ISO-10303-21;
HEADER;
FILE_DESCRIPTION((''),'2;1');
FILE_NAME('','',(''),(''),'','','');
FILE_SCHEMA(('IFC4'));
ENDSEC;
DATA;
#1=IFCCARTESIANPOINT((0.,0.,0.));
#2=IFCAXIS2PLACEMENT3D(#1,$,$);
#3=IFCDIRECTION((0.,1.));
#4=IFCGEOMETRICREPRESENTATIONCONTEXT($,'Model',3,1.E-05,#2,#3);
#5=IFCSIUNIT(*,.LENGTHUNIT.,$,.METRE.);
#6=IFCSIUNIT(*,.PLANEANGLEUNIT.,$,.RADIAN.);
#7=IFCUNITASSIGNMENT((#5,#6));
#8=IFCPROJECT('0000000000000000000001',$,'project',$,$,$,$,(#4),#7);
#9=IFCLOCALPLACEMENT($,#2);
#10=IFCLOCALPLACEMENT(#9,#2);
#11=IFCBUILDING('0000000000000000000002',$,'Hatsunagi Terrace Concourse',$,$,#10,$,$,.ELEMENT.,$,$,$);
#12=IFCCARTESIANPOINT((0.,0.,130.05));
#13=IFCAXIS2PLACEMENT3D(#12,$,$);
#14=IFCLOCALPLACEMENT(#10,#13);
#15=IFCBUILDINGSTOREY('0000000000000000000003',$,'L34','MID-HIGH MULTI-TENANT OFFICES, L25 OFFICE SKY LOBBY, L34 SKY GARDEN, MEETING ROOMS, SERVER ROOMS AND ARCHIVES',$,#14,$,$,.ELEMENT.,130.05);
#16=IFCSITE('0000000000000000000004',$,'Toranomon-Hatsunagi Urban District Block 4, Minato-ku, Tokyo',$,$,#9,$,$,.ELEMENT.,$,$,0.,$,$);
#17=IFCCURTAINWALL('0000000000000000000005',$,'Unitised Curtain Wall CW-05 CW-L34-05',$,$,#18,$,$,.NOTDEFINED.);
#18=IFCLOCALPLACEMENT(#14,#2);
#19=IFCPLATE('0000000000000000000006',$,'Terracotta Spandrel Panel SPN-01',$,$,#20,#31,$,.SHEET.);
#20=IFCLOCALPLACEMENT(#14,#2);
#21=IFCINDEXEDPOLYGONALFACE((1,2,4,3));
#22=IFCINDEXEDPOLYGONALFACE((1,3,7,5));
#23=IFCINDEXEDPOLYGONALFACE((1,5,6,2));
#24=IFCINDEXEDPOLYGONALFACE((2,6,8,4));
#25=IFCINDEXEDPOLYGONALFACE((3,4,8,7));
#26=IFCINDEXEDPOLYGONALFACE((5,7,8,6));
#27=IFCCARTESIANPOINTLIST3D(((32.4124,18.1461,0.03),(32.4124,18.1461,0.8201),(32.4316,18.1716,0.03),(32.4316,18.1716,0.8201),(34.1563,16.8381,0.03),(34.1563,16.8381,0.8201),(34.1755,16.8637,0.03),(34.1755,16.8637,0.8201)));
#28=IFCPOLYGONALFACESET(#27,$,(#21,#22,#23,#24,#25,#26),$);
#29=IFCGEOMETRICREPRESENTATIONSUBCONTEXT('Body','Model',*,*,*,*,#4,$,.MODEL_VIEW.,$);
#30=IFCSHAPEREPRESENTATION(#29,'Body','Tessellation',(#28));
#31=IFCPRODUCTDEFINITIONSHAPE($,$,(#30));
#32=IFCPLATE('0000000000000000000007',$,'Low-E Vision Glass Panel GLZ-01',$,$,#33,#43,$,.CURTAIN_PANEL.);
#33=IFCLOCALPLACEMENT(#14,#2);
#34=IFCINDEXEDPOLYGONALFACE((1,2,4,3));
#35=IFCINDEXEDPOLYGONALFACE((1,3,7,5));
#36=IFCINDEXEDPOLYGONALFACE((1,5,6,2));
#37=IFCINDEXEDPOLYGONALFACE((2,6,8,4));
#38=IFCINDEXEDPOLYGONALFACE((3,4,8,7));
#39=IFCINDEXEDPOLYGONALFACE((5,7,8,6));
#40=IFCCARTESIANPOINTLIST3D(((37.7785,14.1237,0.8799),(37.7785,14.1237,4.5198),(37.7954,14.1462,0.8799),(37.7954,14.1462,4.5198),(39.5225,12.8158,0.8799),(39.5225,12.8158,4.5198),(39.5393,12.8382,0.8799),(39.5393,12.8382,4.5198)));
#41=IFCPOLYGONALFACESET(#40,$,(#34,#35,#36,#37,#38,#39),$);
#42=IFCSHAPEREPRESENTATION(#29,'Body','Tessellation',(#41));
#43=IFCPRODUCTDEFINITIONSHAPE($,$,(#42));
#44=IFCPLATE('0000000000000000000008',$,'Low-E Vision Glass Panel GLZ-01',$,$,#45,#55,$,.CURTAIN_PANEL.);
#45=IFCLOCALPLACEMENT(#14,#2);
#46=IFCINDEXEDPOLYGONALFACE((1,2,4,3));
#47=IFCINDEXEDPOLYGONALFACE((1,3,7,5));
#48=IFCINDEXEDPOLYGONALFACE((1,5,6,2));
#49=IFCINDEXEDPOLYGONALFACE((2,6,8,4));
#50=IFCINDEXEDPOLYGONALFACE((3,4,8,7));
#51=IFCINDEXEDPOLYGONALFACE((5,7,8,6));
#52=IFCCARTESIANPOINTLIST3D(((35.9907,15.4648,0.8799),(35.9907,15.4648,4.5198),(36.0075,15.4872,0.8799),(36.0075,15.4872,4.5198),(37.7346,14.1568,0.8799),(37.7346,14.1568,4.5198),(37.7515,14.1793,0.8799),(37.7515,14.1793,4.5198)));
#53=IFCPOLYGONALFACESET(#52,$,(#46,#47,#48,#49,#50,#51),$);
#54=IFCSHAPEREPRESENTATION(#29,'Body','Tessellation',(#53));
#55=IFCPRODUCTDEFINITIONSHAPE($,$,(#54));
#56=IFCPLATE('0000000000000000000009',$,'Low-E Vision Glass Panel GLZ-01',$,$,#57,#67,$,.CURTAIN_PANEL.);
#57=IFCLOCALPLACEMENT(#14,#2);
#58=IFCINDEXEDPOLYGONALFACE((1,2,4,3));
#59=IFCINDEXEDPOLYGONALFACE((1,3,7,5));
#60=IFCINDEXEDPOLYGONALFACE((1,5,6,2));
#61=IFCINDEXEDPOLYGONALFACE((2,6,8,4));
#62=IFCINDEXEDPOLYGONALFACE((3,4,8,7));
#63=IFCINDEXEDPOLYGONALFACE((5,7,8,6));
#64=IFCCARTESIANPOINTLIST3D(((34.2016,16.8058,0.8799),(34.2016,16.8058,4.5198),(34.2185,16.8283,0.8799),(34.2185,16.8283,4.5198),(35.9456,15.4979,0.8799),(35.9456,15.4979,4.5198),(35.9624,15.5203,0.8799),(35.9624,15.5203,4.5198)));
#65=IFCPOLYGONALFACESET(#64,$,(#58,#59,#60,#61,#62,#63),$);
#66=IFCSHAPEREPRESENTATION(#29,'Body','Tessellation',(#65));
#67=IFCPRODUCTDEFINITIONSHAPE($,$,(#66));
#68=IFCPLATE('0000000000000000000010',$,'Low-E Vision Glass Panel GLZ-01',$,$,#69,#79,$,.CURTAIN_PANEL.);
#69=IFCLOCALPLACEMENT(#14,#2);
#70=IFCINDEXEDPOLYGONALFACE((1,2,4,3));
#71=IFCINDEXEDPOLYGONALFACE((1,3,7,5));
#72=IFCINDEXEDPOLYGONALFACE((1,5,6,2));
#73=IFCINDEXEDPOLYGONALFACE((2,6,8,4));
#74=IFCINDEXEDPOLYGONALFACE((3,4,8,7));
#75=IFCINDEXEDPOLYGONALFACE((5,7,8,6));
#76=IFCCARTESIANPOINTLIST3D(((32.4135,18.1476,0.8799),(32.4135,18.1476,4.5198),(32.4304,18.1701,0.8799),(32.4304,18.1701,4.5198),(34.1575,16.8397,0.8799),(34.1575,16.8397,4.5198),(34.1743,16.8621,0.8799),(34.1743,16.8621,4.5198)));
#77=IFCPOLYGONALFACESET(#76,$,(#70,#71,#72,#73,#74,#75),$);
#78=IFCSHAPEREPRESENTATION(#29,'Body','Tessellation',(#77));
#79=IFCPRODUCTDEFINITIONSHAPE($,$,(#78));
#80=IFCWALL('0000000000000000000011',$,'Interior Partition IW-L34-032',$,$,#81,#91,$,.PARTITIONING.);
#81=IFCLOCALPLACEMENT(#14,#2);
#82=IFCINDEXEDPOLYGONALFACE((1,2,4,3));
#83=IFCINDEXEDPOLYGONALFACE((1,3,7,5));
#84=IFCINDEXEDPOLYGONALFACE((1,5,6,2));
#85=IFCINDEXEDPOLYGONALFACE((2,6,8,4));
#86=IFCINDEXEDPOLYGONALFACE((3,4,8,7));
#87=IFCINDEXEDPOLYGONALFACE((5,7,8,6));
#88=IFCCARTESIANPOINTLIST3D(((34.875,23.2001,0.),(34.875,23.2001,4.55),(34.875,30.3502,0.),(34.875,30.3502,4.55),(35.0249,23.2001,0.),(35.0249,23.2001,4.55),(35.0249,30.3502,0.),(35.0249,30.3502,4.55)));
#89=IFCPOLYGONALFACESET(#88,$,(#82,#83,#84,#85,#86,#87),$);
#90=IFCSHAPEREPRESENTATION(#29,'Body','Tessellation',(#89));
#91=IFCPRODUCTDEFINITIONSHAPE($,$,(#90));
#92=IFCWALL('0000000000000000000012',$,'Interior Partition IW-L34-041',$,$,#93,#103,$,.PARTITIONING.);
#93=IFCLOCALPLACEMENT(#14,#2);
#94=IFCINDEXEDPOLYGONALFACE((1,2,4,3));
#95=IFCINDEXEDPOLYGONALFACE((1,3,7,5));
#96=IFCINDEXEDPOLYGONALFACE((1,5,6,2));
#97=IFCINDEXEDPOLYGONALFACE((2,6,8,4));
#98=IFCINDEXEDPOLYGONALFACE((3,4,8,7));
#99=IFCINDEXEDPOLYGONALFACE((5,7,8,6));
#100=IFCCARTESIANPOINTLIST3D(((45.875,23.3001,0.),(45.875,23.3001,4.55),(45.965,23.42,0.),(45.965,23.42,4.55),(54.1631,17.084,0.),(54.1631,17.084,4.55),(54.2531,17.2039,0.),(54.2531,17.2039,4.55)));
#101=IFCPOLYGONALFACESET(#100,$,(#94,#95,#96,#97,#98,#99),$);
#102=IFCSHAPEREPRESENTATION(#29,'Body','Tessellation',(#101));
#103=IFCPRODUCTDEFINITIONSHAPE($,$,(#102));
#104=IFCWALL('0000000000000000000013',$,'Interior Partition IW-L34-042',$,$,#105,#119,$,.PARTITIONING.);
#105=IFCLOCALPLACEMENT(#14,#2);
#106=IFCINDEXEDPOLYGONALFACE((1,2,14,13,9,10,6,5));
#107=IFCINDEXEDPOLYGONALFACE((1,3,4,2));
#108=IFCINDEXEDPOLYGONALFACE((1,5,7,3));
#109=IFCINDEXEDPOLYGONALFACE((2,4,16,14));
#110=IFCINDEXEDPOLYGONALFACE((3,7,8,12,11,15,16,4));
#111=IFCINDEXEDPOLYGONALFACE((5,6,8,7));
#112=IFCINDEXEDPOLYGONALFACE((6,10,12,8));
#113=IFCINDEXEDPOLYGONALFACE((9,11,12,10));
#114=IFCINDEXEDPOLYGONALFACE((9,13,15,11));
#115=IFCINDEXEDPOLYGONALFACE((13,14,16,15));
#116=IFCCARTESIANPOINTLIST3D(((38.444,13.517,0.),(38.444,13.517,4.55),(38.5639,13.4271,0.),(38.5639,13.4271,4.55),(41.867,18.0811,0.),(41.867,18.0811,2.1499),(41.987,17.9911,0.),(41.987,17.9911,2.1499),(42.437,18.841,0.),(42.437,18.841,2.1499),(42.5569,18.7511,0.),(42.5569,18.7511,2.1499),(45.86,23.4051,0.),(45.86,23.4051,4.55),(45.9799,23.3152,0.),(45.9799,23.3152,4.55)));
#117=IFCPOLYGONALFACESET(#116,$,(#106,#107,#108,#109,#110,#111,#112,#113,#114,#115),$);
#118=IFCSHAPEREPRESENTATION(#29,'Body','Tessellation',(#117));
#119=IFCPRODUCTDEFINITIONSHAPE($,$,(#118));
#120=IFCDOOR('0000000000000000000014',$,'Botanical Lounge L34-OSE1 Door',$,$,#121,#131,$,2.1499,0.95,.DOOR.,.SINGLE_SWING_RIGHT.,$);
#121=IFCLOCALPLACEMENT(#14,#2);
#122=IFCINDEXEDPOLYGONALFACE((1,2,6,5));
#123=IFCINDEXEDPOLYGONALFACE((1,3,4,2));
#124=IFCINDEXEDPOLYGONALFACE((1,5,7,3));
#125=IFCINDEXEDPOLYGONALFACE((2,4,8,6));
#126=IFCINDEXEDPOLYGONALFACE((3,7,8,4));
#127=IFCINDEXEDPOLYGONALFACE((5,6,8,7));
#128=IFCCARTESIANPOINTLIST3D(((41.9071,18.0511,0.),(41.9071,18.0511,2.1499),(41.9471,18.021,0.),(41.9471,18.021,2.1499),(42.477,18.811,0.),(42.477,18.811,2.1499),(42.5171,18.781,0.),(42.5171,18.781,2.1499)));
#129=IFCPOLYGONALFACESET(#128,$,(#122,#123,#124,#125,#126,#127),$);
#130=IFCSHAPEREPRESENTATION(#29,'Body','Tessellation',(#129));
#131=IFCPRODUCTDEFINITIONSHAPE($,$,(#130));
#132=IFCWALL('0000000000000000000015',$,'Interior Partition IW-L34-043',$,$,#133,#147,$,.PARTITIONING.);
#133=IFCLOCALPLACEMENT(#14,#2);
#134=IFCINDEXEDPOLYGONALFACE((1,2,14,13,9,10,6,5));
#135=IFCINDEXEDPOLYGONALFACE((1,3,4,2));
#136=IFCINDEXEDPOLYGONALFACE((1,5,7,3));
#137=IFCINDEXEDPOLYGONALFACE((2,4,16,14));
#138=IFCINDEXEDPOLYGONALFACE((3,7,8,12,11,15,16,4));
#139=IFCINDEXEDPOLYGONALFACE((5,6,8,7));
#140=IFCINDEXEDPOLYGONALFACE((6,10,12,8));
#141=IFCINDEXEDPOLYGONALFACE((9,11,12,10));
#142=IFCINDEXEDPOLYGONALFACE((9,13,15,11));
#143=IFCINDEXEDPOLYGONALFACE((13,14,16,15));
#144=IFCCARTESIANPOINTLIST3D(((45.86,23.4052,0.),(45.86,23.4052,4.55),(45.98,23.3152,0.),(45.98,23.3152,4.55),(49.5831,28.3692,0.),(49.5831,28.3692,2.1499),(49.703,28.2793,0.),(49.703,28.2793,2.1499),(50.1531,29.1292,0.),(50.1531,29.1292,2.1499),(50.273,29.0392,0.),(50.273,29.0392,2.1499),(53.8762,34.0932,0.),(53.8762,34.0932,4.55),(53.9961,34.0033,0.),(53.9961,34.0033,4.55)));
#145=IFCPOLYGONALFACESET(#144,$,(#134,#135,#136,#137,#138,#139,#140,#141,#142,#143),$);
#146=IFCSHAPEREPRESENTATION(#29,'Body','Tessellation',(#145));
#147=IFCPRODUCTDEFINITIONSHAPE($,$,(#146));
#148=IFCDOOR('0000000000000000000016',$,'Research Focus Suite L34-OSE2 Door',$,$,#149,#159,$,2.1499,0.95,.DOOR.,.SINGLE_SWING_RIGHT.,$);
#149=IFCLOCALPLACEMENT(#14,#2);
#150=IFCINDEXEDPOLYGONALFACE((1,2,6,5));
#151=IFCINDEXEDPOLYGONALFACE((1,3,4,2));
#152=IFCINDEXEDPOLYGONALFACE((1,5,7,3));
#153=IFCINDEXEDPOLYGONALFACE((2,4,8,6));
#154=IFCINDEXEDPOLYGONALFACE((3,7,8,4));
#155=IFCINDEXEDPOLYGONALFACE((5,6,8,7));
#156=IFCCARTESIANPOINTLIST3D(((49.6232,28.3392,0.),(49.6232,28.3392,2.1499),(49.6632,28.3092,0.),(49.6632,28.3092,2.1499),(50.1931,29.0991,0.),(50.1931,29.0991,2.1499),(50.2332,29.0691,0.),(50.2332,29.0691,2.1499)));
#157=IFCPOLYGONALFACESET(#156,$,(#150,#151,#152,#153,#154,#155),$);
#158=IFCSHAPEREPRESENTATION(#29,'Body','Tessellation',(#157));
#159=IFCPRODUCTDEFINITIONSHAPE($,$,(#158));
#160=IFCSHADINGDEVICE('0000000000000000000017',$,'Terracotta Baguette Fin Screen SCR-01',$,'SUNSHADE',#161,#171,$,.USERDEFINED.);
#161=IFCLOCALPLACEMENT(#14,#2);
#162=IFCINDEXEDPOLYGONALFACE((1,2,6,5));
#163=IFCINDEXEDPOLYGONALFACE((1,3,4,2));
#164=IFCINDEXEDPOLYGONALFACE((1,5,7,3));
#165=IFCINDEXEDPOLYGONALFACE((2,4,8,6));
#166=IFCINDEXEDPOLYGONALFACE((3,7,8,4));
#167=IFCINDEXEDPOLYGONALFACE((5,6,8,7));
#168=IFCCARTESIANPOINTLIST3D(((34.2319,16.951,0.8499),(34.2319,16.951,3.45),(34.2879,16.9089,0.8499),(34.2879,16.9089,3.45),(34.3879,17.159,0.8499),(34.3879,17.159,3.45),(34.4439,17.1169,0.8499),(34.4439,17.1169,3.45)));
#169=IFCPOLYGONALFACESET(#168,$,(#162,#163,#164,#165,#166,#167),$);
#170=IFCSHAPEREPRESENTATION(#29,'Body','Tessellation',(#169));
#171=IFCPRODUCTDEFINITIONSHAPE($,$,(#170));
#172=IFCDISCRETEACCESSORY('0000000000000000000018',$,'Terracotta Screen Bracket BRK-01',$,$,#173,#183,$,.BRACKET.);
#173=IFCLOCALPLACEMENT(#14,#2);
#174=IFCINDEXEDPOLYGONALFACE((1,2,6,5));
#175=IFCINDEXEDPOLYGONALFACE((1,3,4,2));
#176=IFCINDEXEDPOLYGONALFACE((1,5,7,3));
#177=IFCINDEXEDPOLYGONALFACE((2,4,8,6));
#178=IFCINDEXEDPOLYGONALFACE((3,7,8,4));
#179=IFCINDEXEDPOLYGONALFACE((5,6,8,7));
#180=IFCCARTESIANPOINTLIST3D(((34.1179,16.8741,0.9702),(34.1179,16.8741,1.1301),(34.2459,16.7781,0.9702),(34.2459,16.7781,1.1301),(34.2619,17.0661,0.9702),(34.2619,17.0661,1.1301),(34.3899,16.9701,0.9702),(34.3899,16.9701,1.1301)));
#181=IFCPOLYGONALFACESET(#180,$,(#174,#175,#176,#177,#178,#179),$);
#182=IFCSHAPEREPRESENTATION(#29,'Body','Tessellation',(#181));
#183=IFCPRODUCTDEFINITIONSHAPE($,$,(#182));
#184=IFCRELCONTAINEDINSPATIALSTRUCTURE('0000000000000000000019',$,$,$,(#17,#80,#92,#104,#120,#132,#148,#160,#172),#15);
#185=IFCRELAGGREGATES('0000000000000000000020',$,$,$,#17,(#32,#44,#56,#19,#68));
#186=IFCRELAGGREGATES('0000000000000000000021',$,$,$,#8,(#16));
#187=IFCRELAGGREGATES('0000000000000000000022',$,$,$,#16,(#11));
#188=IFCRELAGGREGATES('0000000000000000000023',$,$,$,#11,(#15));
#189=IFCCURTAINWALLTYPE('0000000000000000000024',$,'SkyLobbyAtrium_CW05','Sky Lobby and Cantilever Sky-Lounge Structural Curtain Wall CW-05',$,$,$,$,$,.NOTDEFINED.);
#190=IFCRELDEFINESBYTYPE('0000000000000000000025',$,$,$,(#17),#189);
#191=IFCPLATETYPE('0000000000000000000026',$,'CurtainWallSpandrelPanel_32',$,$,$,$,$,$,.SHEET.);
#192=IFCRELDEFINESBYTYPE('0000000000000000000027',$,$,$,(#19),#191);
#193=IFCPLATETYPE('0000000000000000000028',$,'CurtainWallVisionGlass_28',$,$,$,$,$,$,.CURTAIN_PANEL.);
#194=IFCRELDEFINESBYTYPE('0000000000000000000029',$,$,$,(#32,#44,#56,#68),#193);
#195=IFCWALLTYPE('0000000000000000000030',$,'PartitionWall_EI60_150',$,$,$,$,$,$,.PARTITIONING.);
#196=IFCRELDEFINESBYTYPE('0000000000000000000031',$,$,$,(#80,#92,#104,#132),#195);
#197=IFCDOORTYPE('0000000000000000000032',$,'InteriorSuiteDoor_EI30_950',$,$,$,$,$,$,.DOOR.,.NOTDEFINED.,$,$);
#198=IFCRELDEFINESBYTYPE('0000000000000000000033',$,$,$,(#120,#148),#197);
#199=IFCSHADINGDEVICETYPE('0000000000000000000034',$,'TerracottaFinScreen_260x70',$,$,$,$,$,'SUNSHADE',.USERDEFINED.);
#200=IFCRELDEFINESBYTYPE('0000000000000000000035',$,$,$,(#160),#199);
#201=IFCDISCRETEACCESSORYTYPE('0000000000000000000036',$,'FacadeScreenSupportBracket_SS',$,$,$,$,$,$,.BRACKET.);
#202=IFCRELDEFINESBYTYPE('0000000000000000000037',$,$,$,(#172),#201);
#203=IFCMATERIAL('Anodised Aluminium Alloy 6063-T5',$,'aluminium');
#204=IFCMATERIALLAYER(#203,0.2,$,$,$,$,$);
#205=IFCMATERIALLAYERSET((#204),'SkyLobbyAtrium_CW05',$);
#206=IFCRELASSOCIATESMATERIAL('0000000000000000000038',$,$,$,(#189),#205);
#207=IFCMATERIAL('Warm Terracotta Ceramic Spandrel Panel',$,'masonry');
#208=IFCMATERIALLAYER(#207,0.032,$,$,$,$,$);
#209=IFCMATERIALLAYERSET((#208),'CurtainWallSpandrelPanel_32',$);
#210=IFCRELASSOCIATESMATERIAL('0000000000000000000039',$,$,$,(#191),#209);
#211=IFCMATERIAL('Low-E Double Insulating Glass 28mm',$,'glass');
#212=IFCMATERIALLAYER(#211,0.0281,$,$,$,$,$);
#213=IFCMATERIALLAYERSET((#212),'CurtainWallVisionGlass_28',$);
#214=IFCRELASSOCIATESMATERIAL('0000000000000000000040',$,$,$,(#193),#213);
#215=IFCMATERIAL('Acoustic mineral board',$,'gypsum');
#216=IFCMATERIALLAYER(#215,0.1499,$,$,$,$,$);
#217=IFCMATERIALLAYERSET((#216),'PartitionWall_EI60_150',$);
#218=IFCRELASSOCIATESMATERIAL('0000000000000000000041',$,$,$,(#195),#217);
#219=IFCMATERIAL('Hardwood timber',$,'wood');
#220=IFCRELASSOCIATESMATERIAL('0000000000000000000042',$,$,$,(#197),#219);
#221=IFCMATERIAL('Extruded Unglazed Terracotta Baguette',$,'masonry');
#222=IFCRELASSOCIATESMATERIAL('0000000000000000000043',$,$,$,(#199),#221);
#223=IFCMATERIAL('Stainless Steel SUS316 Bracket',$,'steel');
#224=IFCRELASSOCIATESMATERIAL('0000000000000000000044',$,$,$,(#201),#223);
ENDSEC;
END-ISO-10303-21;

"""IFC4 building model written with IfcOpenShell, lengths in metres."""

from ifc_helpers import new_model, si_unit, direction, frame, frame_2d, origin, origin_2d, place, context, subcontext, project, spatial, rectangle, extrude, material, layer, layer_set, type_object, element, fill, aggregate, save


model = new_model("IFC4")

# Units and contexts
model_context = context("Model", 3, precision=1e-05, world=origin(), true_north=direction((0.0, 1.0)))
body_context = subcontext(model_context, "Body", "Model", "MODEL_VIEW")
ifc_project = project(units=[si_unit("LENGTHUNIT", "METRE"), si_unit("PLANEANGLEUNIT", "RADIAN")], contexts=[model_context])

# Site, building, storey
site_placement = place(None, origin())
site = spatial("IfcSite", under=ifc_project, at=site_placement, Name="Toranomon-Hatsunagi Urban District Block 4, Minato-ku, Tokyo", CompositionType="ELEMENT", RefElevation=0.0)
building_placement = place(site_placement, origin())
building = spatial("IfcBuilding", under=site, at=building_placement, Name="Hatsunagi Terrace Concourse", CompositionType="ELEMENT")
storey_placement = place(building_placement, frame((0.0, 0.0, 130.05)))
storey = spatial("IfcBuildingStorey", under=building, at=storey_placement, Name="L34", Description="MID-HIGH MULTI-TENANT OFFICES, L25 OFFICE SKY LOBBY, L34 SKY GARDEN, MEETING ROOMS, SERVER ROOMS AND ARCHIVES", CompositionType="ELEMENT", Elevation=130.05)

# Curtain wall
ifc_material_1 = material(Name="Anodised Aluminium Alloy 6063-T5", Category="aluminium")
ifc_layer_1 = layer(ifc_material_1, 0.2)
ifc_layer_set_1 = layer_set([ifc_layer_1], Name="SkyLobbyAtrium_CW05")
curtain_wall_type = type_object("IfcCurtainWallType", Name="SkyLobbyAtrium_CW05", Description="Sky Lobby and Cantilever Sky-Lounge Structural Curtain Wall CW-05", PredefinedType="NOTDEFINED", material=ifc_layer_set_1)
curtain_wall_placement = place(storey_placement, origin())
curtain_wall = element("IfcCurtainWall", 1, at=curtain_wall_placement, inside=storey, type_object=curtain_wall_type, Name="Unitised Curtain Wall CW-05 CW-L34-05", PredefinedType="NOTDEFINED")

# Plates
ifc_material_2 = material(Name="Warm Terracotta Ceramic Spandrel Panel", Category="masonry")
ifc_layer_2 = layer(ifc_material_2, 0.032)
ifc_layer_set_2 = layer_set([ifc_layer_2], Name="CurtainWallSpandrelPanel_32")
plate_type_1 = type_object("IfcPlateType", Name="CurtainWallSpandrelPanel_32", PredefinedType="SHEET", material=ifc_layer_set_2)
plate_1_placement = place(storey_placement, frame((33.2939, 17.5049, 0.03), z_axis=(0.0, 0.0, 1.0), x_axis=(-0.800005, 0.599993, 0.0)))
plate_1 = element("IfcPlate", 2, at=plate_1_placement, type_object=plate_type_1, Name="Terracotta Spandrel Panel SPN-01", PredefinedType="SHEET", context=body_context, shape_type="SweptSolid", body=[
    extrude(rectangle(XDim=2.1799, YDim=0.032, at=origin_2d()), origin(), (0.0, 0.0, 1.0), 0.79),
])
ifc_material_3 = material(Name="Low-E Double Insulating Glass 28mm", Category="glass")
ifc_layer_3 = layer(ifc_material_3, 0.0281)
ifc_layer_set_3 = layer_set([ifc_layer_3], Name="CurtainWallVisionGlass_28")
plate_type_2 = type_object("IfcPlateType", Name="CurtainWallVisionGlass_28", PredefinedType="CURTAIN_PANEL", material=ifc_layer_set_3)
plate_2_placement = place(storey_placement, frame((38.6589, 13.481, 0.8799), z_axis=(0.0, 0.0, 1.0), x_axis=(-0.800005, 0.599993, 0.0)))
plate_2 = element("IfcPlate", 3, at=plate_2_placement, type_object=plate_type_2, Name="Low-E Vision Glass Panel GLZ-01", PredefinedType="CURTAIN_PANEL", context=body_context, shape_type="SweptSolid", body=[
    extrude(rectangle(XDim=2.1799, YDim=0.0281, at=origin_2d()), origin(), (0.0, 0.0, 1.0), 3.6399),
])
plate_3_placement = place(storey_placement, frame((36.8711, 14.822, 0.8799), z_axis=(0.0, 0.0, 1.0), x_axis=(-0.800005, 0.599993, 0.0)))
plate_3 = element("IfcPlate", 4, at=plate_3_placement, type_object=plate_type_2, Name="Low-E Vision Glass Panel GLZ-01", PredefinedType="CURTAIN_PANEL", context=body_context, shape_type="SweptSolid", body=[
    extrude(rectangle(XDim=2.1799, YDim=0.0281, at=origin_2d()), origin(), (0.0, 0.0, 1.0), 3.6399),
])
plate_4_placement = place(storey_placement, frame((35.082, 16.1631, 0.8799), z_axis=(0.0, 0.0, 1.0), x_axis=(-0.800005, 0.599993, 0.0)))
plate_4 = element("IfcPlate", 5, at=plate_4_placement, type_object=plate_type_2, Name="Low-E Vision Glass Panel GLZ-01", PredefinedType="CURTAIN_PANEL", context=body_context, shape_type="SweptSolid", body=[
    extrude(rectangle(XDim=2.1799, YDim=0.0281, at=origin_2d()), origin(), (0.0, 0.0, 1.0), 3.6399),
])
plate_5_placement = place(storey_placement, frame((33.2939, 17.5049, 0.8799), z_axis=(0.0, 0.0, 1.0), x_axis=(-0.800005, 0.599993, 0.0)))
plate_5 = element("IfcPlate", 6, at=plate_5_placement, type_object=plate_type_2, Name="Low-E Vision Glass Panel GLZ-01", PredefinedType="CURTAIN_PANEL", context=body_context, shape_type="SweptSolid", body=[
    extrude(rectangle(XDim=2.1799, YDim=0.0281, at=origin_2d()), origin(), (0.0, 0.0, 1.0), 3.6399),
])
aggregate(curtain_wall, [plate_2, plate_3, plate_4, plate_1, plate_5])

# Walls
ifc_material_4 = material(Name="Acoustic mineral board", Category="gypsum")
ifc_layer_4 = layer(ifc_material_4, 0.1499)
ifc_layer_set_4 = layer_set([ifc_layer_4], Name="PartitionWall_EI60_150")
wall_type = type_object("IfcWallType", Name="PartitionWall_EI60_150", PredefinedType="PARTITIONING", material=ifc_layer_set_4)
wall_1_placement = place(storey_placement, frame((34.95, 23.2, 0.0), z_axis=(0.0, 0.0, 1.0), x_axis=(0.0, 1.0, 0.0)))
element("IfcWall", 7, at=wall_1_placement, inside=storey, type_object=wall_type, Name="Interior Partition IW-L34-032", PredefinedType="PARTITIONING", context=body_context, shape_type="SweptSolid", body=[
    extrude(rectangle(XDim=7.1501, YDim=0.1499, at=frame_2d((3.5752, 0.0))), origin(), (0.0, 0.0, 1.0), 4.55),
])
wall_2_placement = place(storey_placement, frame((45.9199, 23.3601, 0.0), z_axis=(0.0, 0.0, 1.0), x_axis=(0.8, -0.6, 0.0)))
element("IfcWall", 8, at=wall_2_placement, inside=storey, type_object=wall_type, Name="Interior Partition IW-L34-041", PredefinedType="PARTITIONING", context=body_context, shape_type="SweptSolid", body=[
    extrude(rectangle(XDim=10.3601, YDim=0.1499, at=frame_2d((5.1802, 0.0))), origin(), (0.0, 0.0, 1.0), 4.55),
])

# Walls, openings, doors
wall_3_placement = place(storey_placement, frame((38.5039, 13.4719, 0.0), z_axis=(0.0, 0.0, 1.0), x_axis=(0.599994, 0.800005, 0.0)))
wall_3 = element("IfcWall", 9, at=wall_3_placement, inside=storey, type_object=wall_type, Name="Interior Partition IW-L34-042", PredefinedType="PARTITIONING", context=body_context, shape_type="SweptSolid", body=[
    extrude(rectangle(XDim=12.3601, YDim=0.1499, at=frame_2d((6.1802, 0.0))), origin(), (0.0, 0.0, 1.0), 4.55),
])
opening_1_placement = place(wall_3_placement, frame((5.7051, 0.0, 0.0)))
opening_1 = element("IfcOpeningElement", 10, at=opening_1_placement, cuts=wall_3, PredefinedType="OPENING", context=body_context, shape_type="SweptSolid", body=[
    extrude(rectangle(XDim=0.95, YDim=2.1499, at=frame_2d((0.4751, 1.075))), frame((0.0, 0.085, 0.0), z_axis=(0.0, -1.0, 0.0), x_axis=(1.0, 0.0, 0.0)), (0.0, 0.0, 1.0), 0.1699),
])
ifc_material_5 = material(Name="Hardwood timber", Category="wood")
door_type = type_object("IfcDoorType", Name="InteriorSuiteDoor_EI30_950", OperationType="NOTDEFINED", PredefinedType="DOOR", material=ifc_material_5)
door_1_placement = place(opening_1_placement, origin())
door_1 = element("IfcDoor", 11, at=door_1_placement, inside=storey, type_object=door_type, Name="Botanical Lounge L34-OSE1 Door", OperationType="SINGLE_SWING_RIGHT", OverallHeight=2.1499, OverallWidth=0.95, PredefinedType="DOOR", context=body_context, shape_type="SweptSolid", body=[
    extrude(rectangle(XDim=0.95, YDim=2.1499, at=frame_2d((0.4751, 1.075))), frame((0.0, 0.0249, 0.0), z_axis=(0.0, -1.0, 0.0), x_axis=(1.0, 0.0, 0.0)), (0.0, 0.0, 1.0), 0.05),
])
fill(opening_1, door_1)
wall_4_placement = place(storey_placement, frame((45.9199, 23.3601, 0.0), z_axis=(0.0, 0.0, 1.0), x_axis=(0.600006, 0.799996, 0.0)))
wall_4 = element("IfcWall", 12, at=wall_4_placement, inside=storey, type_object=wall_type, Name="Interior Partition IW-L34-043", PredefinedType="PARTITIONING", context=body_context, shape_type="SweptSolid", body=[
    extrude(rectangle(XDim=13.3601, YDim=0.1499, at=frame_2d((6.6802, 0.0))), origin(), (0.0, 0.0, 1.0), 4.55),
])
opening_2_placement = place(wall_4_placement, frame((6.2051, 0.0, 0.0)))
opening_2 = element("IfcOpeningElement", 13, at=opening_2_placement, cuts=wall_4, PredefinedType="OPENING", context=body_context, shape_type="SweptSolid", body=[
    extrude(rectangle(XDim=0.95, YDim=2.1499, at=frame_2d((0.4751, 1.075))), frame((0.0, 0.085, 0.0), z_axis=(0.0, -1.0, 0.0), x_axis=(1.0, 0.0, 0.0)), (0.0, 0.0, 1.0), 0.1699),
])
door_2_placement = place(opening_2_placement, origin())
door_2 = element("IfcDoor", 14, at=door_2_placement, inside=storey, type_object=door_type, Name="Research Focus Suite L34-OSE2 Door", OperationType="SINGLE_SWING_RIGHT", OverallHeight=2.1499, OverallWidth=0.95, PredefinedType="DOOR", context=body_context, shape_type="SweptSolid", body=[
    extrude(rectangle(XDim=0.95, YDim=2.1499, at=frame_2d((0.4751, 1.075))), frame((0.0, 0.0249, 0.0), z_axis=(0.0, -1.0, 0.0), x_axis=(1.0, 0.0, 0.0)), (0.0, 0.0, 1.0), 0.05),
])
fill(opening_2, door_2)

# Shading device
ifc_material_6 = material(Name="Extruded Unglazed Terracotta Baguette", Category="masonry")
shading_device_type = type_object("IfcShadingDeviceType", Name="TerracottaFinScreen_260x70", ElementType="SUNSHADE", PredefinedType="USERDEFINED", material=ifc_material_6)
shading_device_placement = place(storey_placement, frame((34.3379, 17.0339, 0.8499), z_axis=(0.0, 0.0, 1.0), x_axis=(-0.800005, 0.599993, 0.0)))
element("IfcShadingDevice", 15, at=shading_device_placement, inside=storey, type_object=shading_device_type, Name="Terracotta Baguette Fin Screen SCR-01", ObjectType="SUNSHADE", PredefinedType="USERDEFINED", context=body_context, shape_type="SweptSolid", body=[
    extrude(rectangle(XDim=0.0701, YDim=0.26, at=origin_2d()), origin(), (0.0, 0.0, 1.0), 2.6001),
])

# Discrete accessory
ifc_material_7 = material(Name="Stainless Steel SUS316 Bracket", Category="steel")
discrete_accessory_type = type_object("IfcDiscreteAccessoryType", Name="FacadeScreenSupportBracket_SS", PredefinedType="BRACKET", material=ifc_material_7)
discrete_accessory_placement = place(storey_placement, frame((34.2539, 16.9221, 0.9702), z_axis=(0.0, 0.0, 1.0), x_axis=(-0.800005, 0.599993, 0.0)))
element("IfcDiscreteAccessory", 16, at=discrete_accessory_placement, inside=storey, type_object=discrete_accessory_type, Name="Terracotta Screen Bracket BRK-01", PredefinedType="BRACKET", context=body_context, shape_type="SweptSolid", body=[
    extrude(rectangle(XDim=0.1599, YDim=0.24, at=origin_2d()), origin(), (0.0, 0.0, 1.0), 0.1599),
])

save(model, "model.ifc")
